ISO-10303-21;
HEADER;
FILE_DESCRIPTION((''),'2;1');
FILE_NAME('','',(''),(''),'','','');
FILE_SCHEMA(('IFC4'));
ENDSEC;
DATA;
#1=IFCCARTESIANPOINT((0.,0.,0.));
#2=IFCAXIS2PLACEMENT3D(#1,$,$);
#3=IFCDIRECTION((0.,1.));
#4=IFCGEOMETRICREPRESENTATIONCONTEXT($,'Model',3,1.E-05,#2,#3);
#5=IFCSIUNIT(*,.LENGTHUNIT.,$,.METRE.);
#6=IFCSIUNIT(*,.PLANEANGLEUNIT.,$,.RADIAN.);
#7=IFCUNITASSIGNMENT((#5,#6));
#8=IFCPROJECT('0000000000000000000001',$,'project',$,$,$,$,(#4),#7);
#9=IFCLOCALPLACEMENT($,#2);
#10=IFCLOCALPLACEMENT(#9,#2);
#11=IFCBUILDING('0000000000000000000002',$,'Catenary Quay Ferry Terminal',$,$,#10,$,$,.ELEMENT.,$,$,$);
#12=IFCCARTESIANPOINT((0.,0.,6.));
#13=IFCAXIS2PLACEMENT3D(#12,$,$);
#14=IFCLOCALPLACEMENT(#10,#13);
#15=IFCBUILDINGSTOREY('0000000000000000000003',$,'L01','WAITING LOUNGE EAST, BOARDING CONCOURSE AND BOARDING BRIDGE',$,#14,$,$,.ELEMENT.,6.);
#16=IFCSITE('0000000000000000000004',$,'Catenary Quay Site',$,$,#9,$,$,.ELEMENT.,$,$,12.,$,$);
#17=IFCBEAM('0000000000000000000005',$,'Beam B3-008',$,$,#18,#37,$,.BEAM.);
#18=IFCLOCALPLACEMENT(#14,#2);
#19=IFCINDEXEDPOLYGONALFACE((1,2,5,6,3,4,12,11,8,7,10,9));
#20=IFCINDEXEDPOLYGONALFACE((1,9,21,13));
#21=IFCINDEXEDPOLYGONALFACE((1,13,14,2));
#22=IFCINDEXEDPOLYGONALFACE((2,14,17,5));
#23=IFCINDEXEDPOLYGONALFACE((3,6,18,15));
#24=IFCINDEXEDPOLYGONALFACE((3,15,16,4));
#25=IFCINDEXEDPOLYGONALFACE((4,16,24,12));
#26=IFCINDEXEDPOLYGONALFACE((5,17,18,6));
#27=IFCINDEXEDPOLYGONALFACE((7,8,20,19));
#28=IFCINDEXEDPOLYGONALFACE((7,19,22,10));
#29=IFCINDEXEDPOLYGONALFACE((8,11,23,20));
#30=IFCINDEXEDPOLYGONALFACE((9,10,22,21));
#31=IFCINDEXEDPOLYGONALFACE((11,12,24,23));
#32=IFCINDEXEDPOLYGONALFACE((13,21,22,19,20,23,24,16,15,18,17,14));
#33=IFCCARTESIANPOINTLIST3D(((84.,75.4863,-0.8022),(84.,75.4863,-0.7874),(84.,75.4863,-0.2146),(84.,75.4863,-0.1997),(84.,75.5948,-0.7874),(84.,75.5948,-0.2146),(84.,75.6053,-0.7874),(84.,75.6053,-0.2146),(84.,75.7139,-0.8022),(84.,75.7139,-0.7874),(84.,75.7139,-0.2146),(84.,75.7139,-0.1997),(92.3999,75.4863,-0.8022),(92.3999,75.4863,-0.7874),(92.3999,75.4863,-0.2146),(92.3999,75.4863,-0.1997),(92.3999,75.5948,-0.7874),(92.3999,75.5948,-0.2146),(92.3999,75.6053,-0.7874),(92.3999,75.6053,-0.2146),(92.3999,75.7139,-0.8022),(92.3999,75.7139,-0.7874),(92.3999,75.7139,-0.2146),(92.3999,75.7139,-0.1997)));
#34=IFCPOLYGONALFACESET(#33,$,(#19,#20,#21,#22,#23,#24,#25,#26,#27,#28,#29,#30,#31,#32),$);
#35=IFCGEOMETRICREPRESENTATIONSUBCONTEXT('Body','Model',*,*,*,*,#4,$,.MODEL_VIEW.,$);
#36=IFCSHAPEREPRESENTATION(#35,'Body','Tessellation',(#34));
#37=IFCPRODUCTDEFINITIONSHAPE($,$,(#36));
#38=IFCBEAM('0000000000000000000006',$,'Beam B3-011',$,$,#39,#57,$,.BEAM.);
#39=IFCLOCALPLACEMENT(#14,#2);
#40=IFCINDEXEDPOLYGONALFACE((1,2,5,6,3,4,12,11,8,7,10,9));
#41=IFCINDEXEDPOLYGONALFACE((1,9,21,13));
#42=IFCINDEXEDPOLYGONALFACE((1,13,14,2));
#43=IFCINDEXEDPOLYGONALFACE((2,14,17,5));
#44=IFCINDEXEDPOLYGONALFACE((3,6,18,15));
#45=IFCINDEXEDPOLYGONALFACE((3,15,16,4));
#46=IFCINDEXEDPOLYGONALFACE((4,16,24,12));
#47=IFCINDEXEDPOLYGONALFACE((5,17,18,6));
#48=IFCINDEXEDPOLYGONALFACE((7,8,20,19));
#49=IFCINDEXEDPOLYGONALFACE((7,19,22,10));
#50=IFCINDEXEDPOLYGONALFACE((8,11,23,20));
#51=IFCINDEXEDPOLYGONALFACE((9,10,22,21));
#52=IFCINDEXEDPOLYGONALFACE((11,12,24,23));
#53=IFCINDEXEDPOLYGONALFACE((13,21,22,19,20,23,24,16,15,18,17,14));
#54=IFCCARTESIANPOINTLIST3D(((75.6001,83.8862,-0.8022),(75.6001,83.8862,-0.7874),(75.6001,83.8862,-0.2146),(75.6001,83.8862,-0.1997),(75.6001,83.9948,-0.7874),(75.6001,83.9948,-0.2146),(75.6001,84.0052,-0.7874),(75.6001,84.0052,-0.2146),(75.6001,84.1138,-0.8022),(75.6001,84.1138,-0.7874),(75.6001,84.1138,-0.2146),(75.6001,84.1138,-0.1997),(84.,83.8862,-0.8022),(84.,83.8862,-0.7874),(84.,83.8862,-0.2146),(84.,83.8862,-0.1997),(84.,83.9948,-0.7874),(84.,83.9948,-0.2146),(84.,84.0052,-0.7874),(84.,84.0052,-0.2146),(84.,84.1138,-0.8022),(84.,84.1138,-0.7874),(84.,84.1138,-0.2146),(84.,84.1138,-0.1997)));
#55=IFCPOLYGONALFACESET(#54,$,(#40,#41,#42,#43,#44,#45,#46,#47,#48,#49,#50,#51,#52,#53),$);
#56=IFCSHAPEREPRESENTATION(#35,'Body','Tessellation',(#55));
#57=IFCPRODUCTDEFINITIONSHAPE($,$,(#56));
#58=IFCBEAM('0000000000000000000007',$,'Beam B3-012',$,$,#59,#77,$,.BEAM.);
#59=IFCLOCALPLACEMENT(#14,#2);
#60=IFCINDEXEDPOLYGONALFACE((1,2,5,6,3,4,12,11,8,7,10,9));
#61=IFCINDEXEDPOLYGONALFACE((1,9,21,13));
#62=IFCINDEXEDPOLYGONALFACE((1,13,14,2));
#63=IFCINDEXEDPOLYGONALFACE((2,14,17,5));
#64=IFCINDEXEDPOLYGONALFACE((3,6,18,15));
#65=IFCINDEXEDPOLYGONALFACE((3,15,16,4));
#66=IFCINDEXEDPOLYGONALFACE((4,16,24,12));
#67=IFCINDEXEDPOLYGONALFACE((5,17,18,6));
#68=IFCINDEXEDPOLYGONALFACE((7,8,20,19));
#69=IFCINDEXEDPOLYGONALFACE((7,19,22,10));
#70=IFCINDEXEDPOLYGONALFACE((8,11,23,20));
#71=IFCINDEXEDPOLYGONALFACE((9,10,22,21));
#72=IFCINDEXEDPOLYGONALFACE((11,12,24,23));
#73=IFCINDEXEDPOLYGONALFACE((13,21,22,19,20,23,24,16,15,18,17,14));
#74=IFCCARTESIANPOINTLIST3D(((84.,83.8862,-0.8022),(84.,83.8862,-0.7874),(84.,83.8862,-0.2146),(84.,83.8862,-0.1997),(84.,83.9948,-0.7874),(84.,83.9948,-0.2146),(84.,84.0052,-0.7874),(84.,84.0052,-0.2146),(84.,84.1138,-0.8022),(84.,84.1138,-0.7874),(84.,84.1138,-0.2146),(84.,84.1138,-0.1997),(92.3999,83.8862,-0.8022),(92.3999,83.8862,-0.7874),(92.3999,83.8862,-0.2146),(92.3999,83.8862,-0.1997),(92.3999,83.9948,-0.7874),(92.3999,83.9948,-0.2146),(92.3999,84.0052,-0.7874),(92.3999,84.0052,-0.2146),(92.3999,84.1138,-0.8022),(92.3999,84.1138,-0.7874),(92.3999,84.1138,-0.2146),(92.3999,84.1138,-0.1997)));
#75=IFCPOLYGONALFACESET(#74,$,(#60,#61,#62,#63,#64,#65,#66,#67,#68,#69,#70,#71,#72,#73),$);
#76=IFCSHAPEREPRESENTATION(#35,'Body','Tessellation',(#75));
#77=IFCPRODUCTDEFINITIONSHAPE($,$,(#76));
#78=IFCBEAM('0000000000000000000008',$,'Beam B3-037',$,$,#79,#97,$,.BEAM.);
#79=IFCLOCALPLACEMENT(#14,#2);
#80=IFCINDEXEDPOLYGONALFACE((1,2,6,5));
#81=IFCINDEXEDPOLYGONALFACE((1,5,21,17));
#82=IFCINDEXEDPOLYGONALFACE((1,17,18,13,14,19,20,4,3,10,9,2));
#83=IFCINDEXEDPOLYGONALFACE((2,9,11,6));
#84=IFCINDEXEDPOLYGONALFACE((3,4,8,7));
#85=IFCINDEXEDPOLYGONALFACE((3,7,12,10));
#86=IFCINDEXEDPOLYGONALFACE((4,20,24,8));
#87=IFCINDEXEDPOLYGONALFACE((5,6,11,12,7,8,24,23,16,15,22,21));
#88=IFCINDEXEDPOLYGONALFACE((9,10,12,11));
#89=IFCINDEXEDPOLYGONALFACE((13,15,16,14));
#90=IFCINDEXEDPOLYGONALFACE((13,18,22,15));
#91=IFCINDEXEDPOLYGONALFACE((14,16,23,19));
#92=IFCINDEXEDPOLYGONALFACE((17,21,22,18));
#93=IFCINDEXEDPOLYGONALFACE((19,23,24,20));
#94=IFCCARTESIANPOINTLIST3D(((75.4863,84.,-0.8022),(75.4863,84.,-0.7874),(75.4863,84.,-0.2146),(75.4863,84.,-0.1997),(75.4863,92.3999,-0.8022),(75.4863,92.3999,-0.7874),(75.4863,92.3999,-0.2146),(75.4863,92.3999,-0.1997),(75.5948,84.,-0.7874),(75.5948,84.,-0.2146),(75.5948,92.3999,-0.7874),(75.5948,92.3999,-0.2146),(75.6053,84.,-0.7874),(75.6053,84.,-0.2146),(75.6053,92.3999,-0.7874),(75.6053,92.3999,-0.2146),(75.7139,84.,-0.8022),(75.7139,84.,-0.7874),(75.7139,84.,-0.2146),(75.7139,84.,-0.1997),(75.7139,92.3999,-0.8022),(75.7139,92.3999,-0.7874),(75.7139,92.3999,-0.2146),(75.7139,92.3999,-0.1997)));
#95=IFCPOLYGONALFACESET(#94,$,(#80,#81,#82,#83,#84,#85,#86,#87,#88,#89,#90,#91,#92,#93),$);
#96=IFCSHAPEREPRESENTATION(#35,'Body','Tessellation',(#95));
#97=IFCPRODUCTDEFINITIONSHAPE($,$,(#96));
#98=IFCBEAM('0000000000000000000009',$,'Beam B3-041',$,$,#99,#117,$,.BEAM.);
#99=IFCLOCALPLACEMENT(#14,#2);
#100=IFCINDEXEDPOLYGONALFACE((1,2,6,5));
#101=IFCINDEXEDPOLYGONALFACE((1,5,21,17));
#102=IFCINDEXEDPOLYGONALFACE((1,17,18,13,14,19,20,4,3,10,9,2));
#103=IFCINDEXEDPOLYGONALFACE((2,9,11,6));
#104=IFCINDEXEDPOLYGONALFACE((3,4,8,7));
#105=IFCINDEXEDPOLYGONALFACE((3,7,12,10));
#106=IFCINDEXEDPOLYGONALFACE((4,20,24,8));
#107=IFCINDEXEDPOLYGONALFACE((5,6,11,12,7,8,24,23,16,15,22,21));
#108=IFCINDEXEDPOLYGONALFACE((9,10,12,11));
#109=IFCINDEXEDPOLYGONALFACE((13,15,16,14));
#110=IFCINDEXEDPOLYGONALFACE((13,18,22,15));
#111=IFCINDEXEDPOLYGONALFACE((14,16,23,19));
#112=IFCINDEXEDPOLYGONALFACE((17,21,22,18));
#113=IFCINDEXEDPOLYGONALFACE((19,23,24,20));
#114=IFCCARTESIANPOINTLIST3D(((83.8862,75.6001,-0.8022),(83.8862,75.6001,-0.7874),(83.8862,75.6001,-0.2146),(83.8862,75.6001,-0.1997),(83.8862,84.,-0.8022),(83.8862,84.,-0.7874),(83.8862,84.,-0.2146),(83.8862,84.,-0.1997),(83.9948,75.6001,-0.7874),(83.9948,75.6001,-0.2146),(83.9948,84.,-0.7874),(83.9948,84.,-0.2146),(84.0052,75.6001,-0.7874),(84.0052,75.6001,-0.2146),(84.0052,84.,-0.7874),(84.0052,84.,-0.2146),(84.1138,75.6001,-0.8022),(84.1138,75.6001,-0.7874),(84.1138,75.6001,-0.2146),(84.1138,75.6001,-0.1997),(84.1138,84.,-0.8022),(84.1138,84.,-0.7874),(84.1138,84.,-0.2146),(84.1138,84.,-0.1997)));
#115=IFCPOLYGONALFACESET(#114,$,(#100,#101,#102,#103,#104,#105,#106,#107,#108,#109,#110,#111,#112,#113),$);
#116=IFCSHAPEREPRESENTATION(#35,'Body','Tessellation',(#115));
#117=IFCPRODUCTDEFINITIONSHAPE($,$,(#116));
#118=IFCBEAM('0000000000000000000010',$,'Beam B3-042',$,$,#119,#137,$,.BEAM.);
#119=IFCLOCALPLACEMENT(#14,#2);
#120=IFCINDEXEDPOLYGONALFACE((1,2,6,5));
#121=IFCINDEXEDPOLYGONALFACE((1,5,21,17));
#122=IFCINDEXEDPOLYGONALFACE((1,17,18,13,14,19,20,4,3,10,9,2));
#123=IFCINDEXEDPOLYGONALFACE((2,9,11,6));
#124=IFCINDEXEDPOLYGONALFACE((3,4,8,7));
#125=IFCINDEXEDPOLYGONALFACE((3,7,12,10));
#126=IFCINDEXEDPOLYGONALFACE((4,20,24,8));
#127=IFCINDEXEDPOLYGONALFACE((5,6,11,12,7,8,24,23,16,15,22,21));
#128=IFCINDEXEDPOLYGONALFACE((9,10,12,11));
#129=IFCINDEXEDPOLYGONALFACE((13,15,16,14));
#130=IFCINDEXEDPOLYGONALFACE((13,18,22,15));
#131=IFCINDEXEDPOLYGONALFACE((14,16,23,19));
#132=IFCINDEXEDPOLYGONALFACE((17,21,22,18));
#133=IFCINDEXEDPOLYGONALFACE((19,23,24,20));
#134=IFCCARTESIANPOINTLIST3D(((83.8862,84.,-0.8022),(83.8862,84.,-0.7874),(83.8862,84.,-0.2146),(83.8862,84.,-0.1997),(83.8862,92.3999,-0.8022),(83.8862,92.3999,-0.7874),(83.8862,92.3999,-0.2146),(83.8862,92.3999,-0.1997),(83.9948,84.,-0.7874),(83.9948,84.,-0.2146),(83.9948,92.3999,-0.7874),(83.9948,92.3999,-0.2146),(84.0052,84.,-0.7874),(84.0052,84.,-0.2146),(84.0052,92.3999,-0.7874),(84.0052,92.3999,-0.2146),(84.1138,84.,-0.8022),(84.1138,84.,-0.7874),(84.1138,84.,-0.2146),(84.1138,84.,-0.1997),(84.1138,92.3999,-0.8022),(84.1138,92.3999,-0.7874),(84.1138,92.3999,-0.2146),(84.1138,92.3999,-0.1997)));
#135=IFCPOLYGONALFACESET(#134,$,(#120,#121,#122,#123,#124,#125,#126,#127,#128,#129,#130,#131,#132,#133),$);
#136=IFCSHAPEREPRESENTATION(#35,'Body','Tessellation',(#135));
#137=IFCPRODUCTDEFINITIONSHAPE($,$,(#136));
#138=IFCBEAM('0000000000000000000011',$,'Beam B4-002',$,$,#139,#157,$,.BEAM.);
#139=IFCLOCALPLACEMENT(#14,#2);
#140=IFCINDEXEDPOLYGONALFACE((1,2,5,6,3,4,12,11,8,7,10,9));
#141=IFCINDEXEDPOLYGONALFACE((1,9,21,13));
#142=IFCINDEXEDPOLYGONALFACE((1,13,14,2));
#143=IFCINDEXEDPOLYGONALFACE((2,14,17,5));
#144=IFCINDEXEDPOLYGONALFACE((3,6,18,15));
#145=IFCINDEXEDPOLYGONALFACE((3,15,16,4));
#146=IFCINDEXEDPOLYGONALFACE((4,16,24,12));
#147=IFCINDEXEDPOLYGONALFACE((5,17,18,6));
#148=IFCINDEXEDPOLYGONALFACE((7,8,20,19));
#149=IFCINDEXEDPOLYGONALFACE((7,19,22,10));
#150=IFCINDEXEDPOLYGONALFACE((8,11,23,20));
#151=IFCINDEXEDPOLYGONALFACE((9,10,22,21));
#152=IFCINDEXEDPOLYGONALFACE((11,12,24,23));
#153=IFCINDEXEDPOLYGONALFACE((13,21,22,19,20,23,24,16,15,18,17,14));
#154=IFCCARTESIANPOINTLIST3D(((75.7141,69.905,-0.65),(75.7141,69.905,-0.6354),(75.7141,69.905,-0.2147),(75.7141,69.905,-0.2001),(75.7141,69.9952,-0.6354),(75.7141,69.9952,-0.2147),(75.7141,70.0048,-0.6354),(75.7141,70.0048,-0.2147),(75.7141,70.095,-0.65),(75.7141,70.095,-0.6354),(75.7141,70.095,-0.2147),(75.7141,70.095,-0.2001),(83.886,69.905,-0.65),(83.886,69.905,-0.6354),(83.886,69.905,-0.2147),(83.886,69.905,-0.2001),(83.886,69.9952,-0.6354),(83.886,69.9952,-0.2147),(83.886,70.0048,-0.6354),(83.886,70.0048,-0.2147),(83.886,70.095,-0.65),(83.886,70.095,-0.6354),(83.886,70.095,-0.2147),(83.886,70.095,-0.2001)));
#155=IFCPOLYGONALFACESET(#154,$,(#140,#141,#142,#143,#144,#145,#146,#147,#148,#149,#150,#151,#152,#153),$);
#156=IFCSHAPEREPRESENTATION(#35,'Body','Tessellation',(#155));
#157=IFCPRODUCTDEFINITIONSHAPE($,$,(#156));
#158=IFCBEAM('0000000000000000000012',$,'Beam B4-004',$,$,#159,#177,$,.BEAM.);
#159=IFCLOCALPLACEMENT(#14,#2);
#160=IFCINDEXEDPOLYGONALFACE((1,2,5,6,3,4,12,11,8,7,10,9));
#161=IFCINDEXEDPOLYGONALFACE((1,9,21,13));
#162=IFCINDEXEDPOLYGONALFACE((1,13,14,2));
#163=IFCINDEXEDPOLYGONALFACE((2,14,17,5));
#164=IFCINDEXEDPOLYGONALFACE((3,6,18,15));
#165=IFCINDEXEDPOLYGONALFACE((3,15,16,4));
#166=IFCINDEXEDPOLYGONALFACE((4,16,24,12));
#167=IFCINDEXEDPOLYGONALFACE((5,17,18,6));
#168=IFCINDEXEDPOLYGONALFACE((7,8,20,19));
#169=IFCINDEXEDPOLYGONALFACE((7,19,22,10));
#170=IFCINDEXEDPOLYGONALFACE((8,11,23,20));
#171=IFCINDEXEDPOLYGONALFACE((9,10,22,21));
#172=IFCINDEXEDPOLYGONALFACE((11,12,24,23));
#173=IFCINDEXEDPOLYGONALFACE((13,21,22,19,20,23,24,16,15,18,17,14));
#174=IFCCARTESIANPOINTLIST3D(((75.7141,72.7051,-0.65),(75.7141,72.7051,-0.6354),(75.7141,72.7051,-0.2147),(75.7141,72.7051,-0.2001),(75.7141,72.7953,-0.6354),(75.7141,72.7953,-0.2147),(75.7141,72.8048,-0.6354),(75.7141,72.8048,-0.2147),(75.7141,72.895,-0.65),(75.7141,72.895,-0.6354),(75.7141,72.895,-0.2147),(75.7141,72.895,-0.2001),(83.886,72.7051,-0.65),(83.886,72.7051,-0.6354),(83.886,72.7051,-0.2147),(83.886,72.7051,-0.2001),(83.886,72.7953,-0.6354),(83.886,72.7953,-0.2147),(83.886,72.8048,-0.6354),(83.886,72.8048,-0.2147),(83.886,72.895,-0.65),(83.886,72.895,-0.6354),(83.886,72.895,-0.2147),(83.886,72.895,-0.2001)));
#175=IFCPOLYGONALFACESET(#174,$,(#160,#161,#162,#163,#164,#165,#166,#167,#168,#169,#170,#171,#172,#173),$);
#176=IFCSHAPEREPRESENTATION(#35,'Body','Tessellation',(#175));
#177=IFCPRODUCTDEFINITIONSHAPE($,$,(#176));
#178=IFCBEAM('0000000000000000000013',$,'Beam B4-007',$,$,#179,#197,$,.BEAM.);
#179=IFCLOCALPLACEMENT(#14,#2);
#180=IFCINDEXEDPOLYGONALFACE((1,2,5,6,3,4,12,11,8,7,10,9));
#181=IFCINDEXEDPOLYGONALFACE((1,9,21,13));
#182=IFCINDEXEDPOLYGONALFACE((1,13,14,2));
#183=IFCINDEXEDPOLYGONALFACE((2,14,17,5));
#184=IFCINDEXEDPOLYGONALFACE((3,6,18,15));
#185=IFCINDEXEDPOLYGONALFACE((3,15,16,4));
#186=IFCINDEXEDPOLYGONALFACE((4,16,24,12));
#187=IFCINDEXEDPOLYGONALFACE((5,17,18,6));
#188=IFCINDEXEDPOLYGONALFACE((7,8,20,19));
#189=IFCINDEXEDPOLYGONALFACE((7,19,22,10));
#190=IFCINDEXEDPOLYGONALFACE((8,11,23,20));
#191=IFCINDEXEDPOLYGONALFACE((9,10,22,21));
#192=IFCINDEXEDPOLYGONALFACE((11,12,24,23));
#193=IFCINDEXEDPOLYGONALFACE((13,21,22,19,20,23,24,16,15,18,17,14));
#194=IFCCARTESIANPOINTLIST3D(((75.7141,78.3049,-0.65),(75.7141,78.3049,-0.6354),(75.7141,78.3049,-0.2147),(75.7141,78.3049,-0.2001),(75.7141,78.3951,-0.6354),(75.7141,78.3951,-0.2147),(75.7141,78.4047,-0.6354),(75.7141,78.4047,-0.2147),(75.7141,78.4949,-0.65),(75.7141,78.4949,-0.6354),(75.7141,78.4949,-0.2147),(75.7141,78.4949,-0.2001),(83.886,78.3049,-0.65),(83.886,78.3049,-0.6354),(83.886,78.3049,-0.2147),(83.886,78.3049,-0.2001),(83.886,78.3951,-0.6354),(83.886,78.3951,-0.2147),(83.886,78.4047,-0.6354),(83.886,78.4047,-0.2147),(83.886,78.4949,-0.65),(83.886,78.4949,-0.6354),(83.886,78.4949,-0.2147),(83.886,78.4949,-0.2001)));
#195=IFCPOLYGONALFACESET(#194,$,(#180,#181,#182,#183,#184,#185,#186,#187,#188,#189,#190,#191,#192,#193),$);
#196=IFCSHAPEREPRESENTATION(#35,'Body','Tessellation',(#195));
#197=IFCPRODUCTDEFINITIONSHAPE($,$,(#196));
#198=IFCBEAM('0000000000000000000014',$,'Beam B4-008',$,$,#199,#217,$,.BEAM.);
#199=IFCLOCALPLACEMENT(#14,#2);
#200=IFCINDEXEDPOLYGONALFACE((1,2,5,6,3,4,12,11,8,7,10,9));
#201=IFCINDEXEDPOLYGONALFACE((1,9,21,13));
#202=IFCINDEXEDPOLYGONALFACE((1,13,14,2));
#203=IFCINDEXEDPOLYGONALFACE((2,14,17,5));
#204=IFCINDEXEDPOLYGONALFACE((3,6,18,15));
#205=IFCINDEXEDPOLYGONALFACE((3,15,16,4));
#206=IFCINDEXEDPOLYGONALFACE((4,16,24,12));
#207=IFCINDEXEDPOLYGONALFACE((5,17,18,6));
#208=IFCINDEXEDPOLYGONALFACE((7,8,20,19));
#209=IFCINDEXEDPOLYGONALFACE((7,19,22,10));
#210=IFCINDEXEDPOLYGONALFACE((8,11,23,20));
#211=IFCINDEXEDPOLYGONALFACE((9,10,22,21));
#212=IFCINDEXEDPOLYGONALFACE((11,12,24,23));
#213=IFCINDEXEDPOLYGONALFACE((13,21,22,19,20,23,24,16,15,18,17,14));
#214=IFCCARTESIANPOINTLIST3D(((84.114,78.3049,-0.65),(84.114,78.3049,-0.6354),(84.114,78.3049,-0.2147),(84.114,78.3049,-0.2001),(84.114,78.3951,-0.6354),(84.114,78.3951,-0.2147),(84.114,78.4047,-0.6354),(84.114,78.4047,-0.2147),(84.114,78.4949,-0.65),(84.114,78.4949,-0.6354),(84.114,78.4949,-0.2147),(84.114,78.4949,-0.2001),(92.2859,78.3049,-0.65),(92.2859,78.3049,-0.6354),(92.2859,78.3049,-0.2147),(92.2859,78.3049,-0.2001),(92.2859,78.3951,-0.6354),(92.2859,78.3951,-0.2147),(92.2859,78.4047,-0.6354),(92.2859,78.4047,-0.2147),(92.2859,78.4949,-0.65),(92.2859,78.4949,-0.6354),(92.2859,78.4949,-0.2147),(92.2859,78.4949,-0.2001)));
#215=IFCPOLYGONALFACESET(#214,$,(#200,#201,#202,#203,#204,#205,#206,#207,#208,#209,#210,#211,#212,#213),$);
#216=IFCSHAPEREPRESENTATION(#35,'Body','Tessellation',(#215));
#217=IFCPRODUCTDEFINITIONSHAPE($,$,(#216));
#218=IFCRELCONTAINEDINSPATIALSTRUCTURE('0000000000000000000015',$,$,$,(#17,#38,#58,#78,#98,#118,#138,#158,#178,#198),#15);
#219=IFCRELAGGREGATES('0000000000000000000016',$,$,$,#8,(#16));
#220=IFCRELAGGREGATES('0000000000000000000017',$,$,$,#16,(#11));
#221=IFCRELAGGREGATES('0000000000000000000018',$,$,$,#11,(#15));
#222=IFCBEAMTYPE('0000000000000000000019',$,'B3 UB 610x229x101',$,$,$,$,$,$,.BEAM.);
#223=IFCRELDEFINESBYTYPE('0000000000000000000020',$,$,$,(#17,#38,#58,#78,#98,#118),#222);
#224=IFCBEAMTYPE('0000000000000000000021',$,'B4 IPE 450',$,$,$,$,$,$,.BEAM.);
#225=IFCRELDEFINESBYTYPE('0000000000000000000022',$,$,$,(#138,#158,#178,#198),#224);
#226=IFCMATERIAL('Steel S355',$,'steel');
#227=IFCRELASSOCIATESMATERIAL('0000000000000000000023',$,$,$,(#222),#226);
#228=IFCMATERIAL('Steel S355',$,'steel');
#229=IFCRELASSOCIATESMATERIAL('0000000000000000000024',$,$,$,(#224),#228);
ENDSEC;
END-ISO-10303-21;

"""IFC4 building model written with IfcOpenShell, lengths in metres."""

from ifc_helpers import new_model, si_unit, direction, frame, origin, origin_2d, place, context, subcontext, project, spatial, i_section, extrude, material, material_profile, profile_set, type_object, element, save


model = new_model("IFC4")

# Units and contexts
model_context = context("Model", 3, precision=1e-05, world=origin(), true_north=direction((0.0, 1.0)))
body_context = subcontext(model_context, "Body", "Model", "MODEL_VIEW")
ifc_project = project(units=[si_unit("LENGTHUNIT", "METRE"), si_unit("PLANEANGLEUNIT", "RADIAN")], contexts=[model_context])

# Site, building, storey
site_placement = place(None, origin())
site = spatial("IfcSite", under=ifc_project, at=site_placement, Name="Catenary Quay Site", CompositionType="ELEMENT", RefElevation=12.0)
building_placement = place(site_placement, origin())
building = spatial("IfcBuilding", under=site, at=building_placement, Name="Catenary Quay Ferry Terminal", CompositionType="ELEMENT")
storey_placement = place(building_placement, frame((0.0, 0.0, 6.0)))
storey = spatial("IfcBuildingStorey", under=building, at=storey_placement, Name="L01", Description="WAITING LOUNGE EAST, BOARDING CONCOURSE AND BOARDING BRIDGE", CompositionType="ELEMENT", Elevation=6.0)

# Beams
ifc_material_1 = material(Name="Steel S355", Category="steel")
ifc_material_profile_1 = material_profile(ifc_material_1, i_section(OverallWidth=0.2275, OverallDepth=0.6025, WebThickness=0.0105, FlangeThickness=0.0149, at=origin_2d()), Name="UB 610x229x101")
ifc_profile_set_1 = profile_set([ifc_material_profile_1], Name="Steel S355")
beam_type_1 = type_object("IfcBeamType", Name="B3 UB 610x229x101", PredefinedType="BEAM", material=ifc_profile_set_1)
for number, where, z_axis, x_axis, name in (
    (1, (84.0, 75.6001, -0.501), (1.0, 0.0, 0.0), (0.0, 1.0, 0.0), "Beam B3-008"),
    (2, (75.6001, 84.0, -0.501), (1.0, 0.0, 0.0), (0.0, 1.0, 0.0), "Beam B3-011"),
    (3, (84.0, 84.0, -0.501), (1.0, 0.0, 0.0), (0.0, 1.0, 0.0), "Beam B3-012"),
    (4, (75.6001, 84.0, -0.501), (0.0, 1.0, 0.0), (-1.0, 0.0, 0.0), "Beam B3-037"),
    (5, (84.0, 75.6001, -0.501), (0.0, 1.0, 0.0), (-1.0, 0.0, 0.0), "Beam B3-041"),
    (6, (84.0, 84.0, -0.501), (0.0, 1.0, 0.0), (-1.0, 0.0, 0.0), "Beam B3-042"),
):
    element("IfcBeam", number, at=place(storey_placement, frame(where, z_axis=z_axis, x_axis=x_axis)), inside=storey, type_object=beam_type_1, Name=name, PredefinedType="BEAM", context=body_context, shape_type="SweptSolid", body=[
        extrude(i_section(OverallWidth=0.2275, OverallDepth=0.6025, WebThickness=0.0105, FlangeThickness=0.0149, at=origin_2d()), origin(), (0.0, 0.0, 1.0), 8.3999),
    ])
ifc_material_2 = material(Name="Steel S355", Category="steel")
ifc_material_profile_2 = material_profile(ifc_material_2, i_section(OverallWidth=0.1899, OverallDepth=0.45, WebThickness=0.0095, FlangeThickness=0.0146, at=origin_2d()), Name="IPE 450")
ifc_profile_set_2 = profile_set([ifc_material_profile_2], Name="Steel S355")
beam_type_2 = type_object("IfcBeamType", Name="B4 IPE 450", PredefinedType="BEAM", material=ifc_profile_set_2)
for number, where, z_axis, x_axis, name in (
    (7, (75.7141, 70.0, -0.425), (1.0, 0.0, 0.0), (0.0, 1.0, 0.0), "Beam B4-002"),
    (8, (75.7141, 72.8, -0.425), (1.0, 0.0, 0.0), (0.0, 1.0, 0.0), "Beam B4-004"),
    (9, (75.7141, 78.3999, -0.425), (1.0, 0.0, 0.0), (0.0, 1.0, 0.0), "Beam B4-007"),
    (10, (84.114, 78.3999, -0.425), (1.0, 0.0, 0.0), (0.0, 1.0, 0.0), "Beam B4-008"),
):
    element("IfcBeam", number, at=place(storey_placement, frame(where, z_axis=z_axis, x_axis=x_axis)), inside=storey, type_object=beam_type_2, Name=name, PredefinedType="BEAM", context=body_context, shape_type="SweptSolid", body=[
        extrude(i_section(OverallWidth=0.1899, OverallDepth=0.45, WebThickness=0.0095, FlangeThickness=0.0146, at=origin_2d()), origin(), (0.0, 0.0, 1.0), 8.1719),
    ])

save(model, "model.ifc")
